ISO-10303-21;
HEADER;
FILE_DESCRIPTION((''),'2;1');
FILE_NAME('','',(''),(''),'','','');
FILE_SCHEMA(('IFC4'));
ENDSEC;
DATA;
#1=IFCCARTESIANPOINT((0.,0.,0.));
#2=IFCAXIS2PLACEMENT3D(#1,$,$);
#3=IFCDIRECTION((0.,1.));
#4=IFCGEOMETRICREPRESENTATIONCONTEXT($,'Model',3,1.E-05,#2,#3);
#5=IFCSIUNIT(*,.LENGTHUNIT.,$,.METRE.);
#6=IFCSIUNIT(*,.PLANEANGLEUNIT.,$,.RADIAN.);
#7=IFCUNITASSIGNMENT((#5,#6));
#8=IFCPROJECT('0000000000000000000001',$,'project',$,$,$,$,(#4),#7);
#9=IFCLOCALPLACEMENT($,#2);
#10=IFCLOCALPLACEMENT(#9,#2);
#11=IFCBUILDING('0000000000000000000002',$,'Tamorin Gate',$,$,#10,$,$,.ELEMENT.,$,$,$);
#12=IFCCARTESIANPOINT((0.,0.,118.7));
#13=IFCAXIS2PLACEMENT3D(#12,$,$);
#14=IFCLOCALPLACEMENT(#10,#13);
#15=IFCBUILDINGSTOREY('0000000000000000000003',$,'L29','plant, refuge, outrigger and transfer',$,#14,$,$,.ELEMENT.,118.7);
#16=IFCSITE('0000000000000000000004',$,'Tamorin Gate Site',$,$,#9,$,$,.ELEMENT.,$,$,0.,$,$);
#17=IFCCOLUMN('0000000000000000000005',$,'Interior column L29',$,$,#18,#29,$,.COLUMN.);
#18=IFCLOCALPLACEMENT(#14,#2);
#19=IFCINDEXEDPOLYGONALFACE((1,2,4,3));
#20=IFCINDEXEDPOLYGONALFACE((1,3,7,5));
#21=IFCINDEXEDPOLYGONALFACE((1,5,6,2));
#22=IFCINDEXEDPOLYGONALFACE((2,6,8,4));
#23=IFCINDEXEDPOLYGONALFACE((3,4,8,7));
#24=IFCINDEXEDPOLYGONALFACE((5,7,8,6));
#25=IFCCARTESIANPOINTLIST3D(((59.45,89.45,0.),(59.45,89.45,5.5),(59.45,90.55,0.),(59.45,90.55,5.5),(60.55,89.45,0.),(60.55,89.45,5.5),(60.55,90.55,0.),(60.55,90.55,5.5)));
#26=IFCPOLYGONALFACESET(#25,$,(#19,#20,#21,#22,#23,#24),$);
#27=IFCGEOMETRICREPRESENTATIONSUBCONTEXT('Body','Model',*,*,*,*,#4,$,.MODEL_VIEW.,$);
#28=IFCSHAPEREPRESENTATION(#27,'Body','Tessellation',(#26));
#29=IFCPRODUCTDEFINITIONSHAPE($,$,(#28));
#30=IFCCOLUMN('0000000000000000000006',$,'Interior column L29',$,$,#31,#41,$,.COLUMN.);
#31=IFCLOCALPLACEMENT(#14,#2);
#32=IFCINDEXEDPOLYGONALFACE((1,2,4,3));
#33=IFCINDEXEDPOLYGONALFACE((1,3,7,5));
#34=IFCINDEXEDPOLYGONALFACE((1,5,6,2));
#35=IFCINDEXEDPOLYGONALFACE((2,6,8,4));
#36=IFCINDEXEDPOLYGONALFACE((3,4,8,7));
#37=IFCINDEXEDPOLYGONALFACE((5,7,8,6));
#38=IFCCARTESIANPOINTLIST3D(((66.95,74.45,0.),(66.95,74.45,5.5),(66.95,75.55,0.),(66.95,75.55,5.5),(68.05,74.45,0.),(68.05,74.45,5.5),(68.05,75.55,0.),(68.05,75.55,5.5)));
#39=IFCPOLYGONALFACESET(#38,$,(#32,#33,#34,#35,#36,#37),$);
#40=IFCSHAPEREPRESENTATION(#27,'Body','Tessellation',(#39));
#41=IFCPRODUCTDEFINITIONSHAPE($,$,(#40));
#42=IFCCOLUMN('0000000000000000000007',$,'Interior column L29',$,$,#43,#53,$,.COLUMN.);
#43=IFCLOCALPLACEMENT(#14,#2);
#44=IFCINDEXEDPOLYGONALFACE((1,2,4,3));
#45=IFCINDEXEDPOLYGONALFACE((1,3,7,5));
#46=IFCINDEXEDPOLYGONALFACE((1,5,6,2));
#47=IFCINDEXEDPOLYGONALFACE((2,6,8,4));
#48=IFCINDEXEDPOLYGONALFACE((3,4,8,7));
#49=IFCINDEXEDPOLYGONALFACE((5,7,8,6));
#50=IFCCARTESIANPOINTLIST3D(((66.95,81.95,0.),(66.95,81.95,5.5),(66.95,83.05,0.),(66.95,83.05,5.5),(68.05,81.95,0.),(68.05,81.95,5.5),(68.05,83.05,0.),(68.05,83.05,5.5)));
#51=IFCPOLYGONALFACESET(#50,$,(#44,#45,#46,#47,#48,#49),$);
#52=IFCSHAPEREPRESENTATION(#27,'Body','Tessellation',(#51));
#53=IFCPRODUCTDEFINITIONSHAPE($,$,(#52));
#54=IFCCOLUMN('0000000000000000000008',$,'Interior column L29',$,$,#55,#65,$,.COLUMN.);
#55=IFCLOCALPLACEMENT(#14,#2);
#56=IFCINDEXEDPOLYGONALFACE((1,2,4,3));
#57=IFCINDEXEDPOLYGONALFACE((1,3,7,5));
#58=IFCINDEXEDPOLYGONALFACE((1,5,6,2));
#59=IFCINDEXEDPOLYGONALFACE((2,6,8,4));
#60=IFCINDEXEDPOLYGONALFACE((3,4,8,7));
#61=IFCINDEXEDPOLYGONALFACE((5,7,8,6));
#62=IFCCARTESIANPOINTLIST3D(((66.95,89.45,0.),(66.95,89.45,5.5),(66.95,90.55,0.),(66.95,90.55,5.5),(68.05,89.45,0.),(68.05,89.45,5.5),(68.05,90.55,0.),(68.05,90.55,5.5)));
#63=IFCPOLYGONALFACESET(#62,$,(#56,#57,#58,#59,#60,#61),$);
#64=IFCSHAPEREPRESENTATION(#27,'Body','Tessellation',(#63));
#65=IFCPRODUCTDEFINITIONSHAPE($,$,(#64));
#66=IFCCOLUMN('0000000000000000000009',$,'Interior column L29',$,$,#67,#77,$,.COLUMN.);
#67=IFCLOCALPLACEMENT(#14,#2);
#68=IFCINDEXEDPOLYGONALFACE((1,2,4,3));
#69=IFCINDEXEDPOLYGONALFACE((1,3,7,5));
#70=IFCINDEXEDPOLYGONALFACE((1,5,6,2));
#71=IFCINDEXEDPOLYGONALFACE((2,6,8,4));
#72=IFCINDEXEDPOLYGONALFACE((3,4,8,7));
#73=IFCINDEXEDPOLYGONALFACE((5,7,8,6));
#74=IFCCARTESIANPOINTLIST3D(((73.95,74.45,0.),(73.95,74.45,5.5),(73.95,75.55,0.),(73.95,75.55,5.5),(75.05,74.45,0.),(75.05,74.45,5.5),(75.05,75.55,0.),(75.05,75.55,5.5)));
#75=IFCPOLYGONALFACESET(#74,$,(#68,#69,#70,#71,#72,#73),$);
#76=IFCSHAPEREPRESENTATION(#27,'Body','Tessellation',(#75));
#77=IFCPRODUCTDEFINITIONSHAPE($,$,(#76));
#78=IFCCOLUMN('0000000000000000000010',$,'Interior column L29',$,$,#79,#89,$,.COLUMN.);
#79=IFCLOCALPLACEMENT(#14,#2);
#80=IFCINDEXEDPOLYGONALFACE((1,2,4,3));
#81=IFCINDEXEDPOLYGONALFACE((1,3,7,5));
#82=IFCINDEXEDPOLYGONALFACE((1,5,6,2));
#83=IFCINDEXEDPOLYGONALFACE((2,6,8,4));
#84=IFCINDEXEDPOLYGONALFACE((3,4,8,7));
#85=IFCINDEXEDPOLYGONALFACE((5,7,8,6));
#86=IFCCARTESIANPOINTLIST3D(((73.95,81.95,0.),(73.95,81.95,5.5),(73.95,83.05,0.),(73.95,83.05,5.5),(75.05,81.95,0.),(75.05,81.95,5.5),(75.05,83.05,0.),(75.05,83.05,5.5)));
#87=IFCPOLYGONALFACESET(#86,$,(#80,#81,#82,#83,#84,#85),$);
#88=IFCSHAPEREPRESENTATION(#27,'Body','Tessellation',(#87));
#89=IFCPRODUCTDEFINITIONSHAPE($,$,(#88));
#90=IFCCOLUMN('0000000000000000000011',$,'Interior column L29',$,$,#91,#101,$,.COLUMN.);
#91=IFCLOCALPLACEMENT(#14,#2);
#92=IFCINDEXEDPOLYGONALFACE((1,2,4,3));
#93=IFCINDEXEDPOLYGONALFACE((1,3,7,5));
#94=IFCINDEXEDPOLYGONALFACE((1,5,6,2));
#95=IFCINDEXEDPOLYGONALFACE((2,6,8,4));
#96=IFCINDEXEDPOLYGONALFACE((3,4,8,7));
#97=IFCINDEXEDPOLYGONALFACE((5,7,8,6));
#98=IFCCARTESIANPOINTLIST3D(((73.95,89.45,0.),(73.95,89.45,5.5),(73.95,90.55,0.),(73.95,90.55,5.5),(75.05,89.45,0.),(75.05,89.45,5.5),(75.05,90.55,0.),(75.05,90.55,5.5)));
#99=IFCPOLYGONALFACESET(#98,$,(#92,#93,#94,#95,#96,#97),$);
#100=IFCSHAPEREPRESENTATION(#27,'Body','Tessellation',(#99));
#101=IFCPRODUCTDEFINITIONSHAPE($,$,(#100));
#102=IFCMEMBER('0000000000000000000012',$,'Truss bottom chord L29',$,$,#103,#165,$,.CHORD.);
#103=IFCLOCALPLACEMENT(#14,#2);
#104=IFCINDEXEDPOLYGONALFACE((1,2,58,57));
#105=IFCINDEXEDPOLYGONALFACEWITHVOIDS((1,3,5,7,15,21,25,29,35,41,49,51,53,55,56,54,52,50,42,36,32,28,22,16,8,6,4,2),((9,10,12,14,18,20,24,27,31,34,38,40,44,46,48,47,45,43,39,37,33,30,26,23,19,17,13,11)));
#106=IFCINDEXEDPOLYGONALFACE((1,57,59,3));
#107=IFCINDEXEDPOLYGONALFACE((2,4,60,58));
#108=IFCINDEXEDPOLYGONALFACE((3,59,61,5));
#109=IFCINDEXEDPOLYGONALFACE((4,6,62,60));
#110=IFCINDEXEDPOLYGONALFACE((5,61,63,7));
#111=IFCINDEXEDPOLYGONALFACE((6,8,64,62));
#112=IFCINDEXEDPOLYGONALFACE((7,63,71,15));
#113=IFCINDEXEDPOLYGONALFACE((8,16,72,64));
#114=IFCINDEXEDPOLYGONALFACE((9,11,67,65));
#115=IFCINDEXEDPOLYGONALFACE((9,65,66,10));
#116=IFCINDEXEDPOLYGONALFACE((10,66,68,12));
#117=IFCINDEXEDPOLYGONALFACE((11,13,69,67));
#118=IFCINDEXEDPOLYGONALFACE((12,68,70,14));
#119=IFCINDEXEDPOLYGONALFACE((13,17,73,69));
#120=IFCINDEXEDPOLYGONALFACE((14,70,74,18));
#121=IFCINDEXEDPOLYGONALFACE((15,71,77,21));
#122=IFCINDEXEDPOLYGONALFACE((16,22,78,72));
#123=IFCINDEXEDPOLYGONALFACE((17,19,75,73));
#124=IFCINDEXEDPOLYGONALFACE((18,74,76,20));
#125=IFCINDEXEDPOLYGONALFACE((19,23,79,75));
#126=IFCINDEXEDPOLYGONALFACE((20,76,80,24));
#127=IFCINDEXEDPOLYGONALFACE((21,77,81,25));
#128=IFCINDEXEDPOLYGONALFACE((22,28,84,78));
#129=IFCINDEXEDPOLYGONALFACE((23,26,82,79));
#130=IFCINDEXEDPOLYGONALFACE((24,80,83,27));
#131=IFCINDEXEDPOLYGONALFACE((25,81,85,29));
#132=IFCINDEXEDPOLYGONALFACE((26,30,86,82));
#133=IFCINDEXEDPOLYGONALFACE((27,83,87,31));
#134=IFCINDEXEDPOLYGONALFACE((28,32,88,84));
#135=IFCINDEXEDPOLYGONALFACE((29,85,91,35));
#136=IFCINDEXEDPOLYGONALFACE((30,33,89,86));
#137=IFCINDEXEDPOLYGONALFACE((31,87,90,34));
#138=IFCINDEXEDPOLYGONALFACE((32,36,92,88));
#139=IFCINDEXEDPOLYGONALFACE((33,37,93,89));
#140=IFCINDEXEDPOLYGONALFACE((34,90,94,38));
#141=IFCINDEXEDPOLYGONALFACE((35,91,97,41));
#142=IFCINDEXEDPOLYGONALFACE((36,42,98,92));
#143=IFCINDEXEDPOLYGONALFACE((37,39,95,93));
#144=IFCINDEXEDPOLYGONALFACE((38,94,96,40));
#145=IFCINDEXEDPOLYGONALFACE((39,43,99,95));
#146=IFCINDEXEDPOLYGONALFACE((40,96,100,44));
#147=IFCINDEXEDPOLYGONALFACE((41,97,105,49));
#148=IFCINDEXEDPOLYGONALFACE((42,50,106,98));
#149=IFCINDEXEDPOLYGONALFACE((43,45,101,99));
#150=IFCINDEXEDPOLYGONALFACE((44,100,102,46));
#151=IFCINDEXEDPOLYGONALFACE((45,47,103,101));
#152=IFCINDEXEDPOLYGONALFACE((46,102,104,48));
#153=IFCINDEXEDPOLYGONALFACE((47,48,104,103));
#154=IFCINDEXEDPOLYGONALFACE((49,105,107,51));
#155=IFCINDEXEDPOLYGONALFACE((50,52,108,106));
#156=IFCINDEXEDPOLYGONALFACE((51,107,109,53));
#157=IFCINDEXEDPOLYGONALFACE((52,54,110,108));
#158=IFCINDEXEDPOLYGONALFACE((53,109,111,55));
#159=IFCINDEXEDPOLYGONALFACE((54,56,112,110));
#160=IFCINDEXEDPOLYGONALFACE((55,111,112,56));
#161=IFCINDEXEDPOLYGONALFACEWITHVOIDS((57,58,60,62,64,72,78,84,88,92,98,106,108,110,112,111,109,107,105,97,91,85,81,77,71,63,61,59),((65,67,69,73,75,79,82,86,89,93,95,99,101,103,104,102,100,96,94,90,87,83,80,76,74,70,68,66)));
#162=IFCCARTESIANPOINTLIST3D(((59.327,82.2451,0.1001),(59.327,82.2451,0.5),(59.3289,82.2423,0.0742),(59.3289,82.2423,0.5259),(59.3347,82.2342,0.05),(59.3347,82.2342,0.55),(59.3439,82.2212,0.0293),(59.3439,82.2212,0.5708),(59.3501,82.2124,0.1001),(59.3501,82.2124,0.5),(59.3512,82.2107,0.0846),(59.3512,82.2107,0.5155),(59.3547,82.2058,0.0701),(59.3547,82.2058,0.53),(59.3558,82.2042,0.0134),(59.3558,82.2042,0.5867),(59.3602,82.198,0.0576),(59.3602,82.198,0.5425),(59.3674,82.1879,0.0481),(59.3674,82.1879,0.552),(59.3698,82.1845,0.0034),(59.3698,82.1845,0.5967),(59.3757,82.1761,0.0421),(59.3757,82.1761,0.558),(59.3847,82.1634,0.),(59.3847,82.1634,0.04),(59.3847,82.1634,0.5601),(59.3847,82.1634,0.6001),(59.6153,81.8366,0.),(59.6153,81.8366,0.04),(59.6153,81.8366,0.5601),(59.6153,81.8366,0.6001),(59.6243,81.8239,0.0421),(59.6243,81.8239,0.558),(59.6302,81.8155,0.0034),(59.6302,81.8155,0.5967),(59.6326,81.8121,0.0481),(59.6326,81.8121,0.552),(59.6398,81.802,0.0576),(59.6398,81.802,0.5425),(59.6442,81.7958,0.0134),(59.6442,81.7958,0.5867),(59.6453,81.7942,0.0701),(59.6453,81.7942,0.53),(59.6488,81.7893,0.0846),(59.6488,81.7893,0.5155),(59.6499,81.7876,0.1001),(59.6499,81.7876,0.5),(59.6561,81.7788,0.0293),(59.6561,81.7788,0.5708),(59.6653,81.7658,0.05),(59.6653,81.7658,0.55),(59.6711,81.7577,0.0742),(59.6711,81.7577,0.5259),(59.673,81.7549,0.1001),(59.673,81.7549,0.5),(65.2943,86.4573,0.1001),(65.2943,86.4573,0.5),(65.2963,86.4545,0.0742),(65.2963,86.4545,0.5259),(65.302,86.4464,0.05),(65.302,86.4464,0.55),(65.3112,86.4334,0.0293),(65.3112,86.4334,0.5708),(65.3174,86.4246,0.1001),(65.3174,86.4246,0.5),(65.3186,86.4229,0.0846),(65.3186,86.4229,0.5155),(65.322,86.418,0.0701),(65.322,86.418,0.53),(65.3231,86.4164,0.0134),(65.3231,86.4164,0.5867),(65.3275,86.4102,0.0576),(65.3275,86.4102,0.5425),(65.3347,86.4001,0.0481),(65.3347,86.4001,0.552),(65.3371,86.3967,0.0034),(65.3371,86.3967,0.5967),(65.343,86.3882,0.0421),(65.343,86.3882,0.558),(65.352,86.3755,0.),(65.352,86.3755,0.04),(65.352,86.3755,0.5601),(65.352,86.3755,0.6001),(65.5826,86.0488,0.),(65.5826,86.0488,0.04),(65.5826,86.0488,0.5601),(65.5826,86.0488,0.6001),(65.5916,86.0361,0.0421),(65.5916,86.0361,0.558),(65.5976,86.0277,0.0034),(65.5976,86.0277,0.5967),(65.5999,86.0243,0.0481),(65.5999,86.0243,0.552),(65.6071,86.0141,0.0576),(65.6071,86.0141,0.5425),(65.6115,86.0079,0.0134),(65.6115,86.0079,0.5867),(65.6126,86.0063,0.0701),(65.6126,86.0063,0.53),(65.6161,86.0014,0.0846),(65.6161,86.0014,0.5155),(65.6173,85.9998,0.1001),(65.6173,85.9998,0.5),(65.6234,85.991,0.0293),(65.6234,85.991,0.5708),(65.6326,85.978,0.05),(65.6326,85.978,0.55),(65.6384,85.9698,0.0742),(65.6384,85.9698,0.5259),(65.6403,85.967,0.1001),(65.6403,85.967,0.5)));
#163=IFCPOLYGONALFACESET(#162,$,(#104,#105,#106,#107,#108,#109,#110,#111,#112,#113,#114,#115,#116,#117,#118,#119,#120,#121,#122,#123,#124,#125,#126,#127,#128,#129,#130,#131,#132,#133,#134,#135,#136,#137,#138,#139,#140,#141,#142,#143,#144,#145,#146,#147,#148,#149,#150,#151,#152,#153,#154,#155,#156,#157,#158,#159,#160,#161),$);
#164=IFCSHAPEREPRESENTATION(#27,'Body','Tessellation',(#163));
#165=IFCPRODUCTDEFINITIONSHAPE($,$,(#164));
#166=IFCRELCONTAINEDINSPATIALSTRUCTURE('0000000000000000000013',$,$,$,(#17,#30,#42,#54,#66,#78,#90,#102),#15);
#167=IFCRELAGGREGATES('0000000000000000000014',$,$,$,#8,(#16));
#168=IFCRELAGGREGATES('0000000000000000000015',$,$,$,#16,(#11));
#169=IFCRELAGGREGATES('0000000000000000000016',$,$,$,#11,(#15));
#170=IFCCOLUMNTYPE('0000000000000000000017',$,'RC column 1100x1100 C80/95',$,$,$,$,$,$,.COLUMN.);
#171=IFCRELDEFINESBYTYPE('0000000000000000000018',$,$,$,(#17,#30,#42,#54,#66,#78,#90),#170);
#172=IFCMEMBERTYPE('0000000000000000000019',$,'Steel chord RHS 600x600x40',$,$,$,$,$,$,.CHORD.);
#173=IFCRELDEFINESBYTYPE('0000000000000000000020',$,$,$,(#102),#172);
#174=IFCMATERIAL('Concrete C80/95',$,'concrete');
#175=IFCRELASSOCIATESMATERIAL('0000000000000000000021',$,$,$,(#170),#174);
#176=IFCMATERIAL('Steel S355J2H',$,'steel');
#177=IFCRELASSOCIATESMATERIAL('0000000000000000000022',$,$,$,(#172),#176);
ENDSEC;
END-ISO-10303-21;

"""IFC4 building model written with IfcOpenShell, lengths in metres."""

from ifc_helpers import new_model, si_unit, direction, frame, origin, origin_2d, place, context, subcontext, project, spatial, rectangle, hollow_rectangle, extrude, material, material_profile, profile_set, type_object, element, save


model = new_model("IFC4")

# Units and contexts
model_context = context("Model", 3, precision=1e-05, world=origin(), true_north=direction((0.0, 1.0)))
body_context = subcontext(model_context, "Body", "Model", "MODEL_VIEW")
ifc_project = project(units=[si_unit("LENGTHUNIT", "METRE"), si_unit("PLANEANGLEUNIT", "RADIAN")], contexts=[model_context])

# Site, building, storey
site_placement = place(None, origin())
site = spatial("IfcSite", under=ifc_project, at=site_placement, Name="Tamorin Gate Site", CompositionType="ELEMENT", RefElevation=0.0)
building_placement = place(site_placement, origin())
building = spatial("IfcBuilding", under=site, at=building_placement, Name="Tamorin Gate", CompositionType="ELEMENT")
storey_placement = place(building_placement, frame((0.0, 0.0, 118.7)))
storey = spatial("IfcBuildingStorey", under=building, at=storey_placement, Name="L29", Description="plant, refuge, outrigger and transfer", CompositionType="ELEMENT", Elevation=118.7)

# Columns
ifc_material_1 = material(Name="Concrete C80/95", Category="concrete")
ifc_material_profile_1 = material_profile(ifc_material_1, rectangle(XDim=1.1001, YDim=1.1001, at=origin_2d()), Name="RC 1100x1100")
ifc_profile_set_1 = profile_set([ifc_material_profile_1], Name="Concrete C80/95")
column_type = type_object("IfcColumnType", Name="RC column 1100x1100 C80/95", PredefinedType="COLUMN", material=ifc_profile_set_1)
for number, where, z_axis, x_axis, name in (
    (1, (60.0, 90.0, 0.0), (0.0, 0.0, 1.0), (1.0, 0.0, 0.0), "Interior column L29"),
    (2, (67.5, 75.0, 0.0), (0.0, 0.0, 1.0), (1.0, 0.0, 0.0), "Interior column L29"),
    (3, (67.5, 82.5, 0.0), (0.0, 0.0, 1.0), (1.0, 0.0, 0.0), "Interior column L29"),
    (4, (67.5, 90.0, 0.0), (0.0, 0.0, 1.0), (1.0, 0.0, 0.0), "Interior column L29"),
    (5, (74.5, 75.0, 0.0), (0.0, 0.0, 1.0), (1.0, 0.0, 0.0), "Interior column L29"),
    (6, (74.5, 82.5, 0.0), (0.0, 0.0, 1.0), (1.0, 0.0, 0.0), "Interior column L29"),
    (7, (74.5, 90.0, 0.0), (0.0, 0.0, 1.0), (1.0, 0.0, 0.0), "Interior column L29"),
):
    element("IfcColumn", number, at=place(storey_placement, frame(where, z_axis=z_axis, x_axis=x_axis)), inside=storey, type_object=column_type, Name=name, PredefinedType="COLUMN", context=body_context, shape_type="SweptSolid", body=[
        extrude(rectangle(XDim=1.1001, YDim=1.1001, at=origin_2d()), origin(), (0.0, 0.0, 1.0), 5.5),
    ])

# Member
ifc_material_2 = material(Name="Steel S355J2H", Category="steel")
ifc_material_profile_2 = material_profile(ifc_material_2, hollow_rectangle(XDim=0.6001, YDim=0.6001, WallThickness=0.04, InnerFilletRadius=0.0601, OuterFilletRadius=0.1001, at=origin_2d()), Name="RHS 600x600x40")
ifc_profile_set_2 = profile_set([ifc_material_profile_2], Name="Steel S355J2H")
member_type_1 = type_object("IfcMemberType", Name="Steel chord RHS 600x600x40", PredefinedType="CHORD", material=ifc_profile_set_2)
for number, where, z_axis, x_axis, name in (
    (8, (59.5, 82.0, 0.3), (0.816971, 0.576679, 0.0), (-0.576679, 0.816971, 0.0), "Truss bottom chord L29"),
):
    element("IfcMember", number, at=place(storey_placement, frame(where, z_axis=z_axis, x_axis=x_axis)), inside=storey, type_object=member_type_1, Name=name, PredefinedType="CHORD", context=body_context, shape_type="SweptSolid", body=[
        extrude(hollow_rectangle(XDim=0.6001, YDim=0.6001, WallThickness=0.04, InnerFilletRadius=0.0601, OuterFilletRadius=0.1001, at=origin_2d()), origin(), (0.0, 0.0, 1.0), 7.3042),
    ])

save(model, "model.ifc")
